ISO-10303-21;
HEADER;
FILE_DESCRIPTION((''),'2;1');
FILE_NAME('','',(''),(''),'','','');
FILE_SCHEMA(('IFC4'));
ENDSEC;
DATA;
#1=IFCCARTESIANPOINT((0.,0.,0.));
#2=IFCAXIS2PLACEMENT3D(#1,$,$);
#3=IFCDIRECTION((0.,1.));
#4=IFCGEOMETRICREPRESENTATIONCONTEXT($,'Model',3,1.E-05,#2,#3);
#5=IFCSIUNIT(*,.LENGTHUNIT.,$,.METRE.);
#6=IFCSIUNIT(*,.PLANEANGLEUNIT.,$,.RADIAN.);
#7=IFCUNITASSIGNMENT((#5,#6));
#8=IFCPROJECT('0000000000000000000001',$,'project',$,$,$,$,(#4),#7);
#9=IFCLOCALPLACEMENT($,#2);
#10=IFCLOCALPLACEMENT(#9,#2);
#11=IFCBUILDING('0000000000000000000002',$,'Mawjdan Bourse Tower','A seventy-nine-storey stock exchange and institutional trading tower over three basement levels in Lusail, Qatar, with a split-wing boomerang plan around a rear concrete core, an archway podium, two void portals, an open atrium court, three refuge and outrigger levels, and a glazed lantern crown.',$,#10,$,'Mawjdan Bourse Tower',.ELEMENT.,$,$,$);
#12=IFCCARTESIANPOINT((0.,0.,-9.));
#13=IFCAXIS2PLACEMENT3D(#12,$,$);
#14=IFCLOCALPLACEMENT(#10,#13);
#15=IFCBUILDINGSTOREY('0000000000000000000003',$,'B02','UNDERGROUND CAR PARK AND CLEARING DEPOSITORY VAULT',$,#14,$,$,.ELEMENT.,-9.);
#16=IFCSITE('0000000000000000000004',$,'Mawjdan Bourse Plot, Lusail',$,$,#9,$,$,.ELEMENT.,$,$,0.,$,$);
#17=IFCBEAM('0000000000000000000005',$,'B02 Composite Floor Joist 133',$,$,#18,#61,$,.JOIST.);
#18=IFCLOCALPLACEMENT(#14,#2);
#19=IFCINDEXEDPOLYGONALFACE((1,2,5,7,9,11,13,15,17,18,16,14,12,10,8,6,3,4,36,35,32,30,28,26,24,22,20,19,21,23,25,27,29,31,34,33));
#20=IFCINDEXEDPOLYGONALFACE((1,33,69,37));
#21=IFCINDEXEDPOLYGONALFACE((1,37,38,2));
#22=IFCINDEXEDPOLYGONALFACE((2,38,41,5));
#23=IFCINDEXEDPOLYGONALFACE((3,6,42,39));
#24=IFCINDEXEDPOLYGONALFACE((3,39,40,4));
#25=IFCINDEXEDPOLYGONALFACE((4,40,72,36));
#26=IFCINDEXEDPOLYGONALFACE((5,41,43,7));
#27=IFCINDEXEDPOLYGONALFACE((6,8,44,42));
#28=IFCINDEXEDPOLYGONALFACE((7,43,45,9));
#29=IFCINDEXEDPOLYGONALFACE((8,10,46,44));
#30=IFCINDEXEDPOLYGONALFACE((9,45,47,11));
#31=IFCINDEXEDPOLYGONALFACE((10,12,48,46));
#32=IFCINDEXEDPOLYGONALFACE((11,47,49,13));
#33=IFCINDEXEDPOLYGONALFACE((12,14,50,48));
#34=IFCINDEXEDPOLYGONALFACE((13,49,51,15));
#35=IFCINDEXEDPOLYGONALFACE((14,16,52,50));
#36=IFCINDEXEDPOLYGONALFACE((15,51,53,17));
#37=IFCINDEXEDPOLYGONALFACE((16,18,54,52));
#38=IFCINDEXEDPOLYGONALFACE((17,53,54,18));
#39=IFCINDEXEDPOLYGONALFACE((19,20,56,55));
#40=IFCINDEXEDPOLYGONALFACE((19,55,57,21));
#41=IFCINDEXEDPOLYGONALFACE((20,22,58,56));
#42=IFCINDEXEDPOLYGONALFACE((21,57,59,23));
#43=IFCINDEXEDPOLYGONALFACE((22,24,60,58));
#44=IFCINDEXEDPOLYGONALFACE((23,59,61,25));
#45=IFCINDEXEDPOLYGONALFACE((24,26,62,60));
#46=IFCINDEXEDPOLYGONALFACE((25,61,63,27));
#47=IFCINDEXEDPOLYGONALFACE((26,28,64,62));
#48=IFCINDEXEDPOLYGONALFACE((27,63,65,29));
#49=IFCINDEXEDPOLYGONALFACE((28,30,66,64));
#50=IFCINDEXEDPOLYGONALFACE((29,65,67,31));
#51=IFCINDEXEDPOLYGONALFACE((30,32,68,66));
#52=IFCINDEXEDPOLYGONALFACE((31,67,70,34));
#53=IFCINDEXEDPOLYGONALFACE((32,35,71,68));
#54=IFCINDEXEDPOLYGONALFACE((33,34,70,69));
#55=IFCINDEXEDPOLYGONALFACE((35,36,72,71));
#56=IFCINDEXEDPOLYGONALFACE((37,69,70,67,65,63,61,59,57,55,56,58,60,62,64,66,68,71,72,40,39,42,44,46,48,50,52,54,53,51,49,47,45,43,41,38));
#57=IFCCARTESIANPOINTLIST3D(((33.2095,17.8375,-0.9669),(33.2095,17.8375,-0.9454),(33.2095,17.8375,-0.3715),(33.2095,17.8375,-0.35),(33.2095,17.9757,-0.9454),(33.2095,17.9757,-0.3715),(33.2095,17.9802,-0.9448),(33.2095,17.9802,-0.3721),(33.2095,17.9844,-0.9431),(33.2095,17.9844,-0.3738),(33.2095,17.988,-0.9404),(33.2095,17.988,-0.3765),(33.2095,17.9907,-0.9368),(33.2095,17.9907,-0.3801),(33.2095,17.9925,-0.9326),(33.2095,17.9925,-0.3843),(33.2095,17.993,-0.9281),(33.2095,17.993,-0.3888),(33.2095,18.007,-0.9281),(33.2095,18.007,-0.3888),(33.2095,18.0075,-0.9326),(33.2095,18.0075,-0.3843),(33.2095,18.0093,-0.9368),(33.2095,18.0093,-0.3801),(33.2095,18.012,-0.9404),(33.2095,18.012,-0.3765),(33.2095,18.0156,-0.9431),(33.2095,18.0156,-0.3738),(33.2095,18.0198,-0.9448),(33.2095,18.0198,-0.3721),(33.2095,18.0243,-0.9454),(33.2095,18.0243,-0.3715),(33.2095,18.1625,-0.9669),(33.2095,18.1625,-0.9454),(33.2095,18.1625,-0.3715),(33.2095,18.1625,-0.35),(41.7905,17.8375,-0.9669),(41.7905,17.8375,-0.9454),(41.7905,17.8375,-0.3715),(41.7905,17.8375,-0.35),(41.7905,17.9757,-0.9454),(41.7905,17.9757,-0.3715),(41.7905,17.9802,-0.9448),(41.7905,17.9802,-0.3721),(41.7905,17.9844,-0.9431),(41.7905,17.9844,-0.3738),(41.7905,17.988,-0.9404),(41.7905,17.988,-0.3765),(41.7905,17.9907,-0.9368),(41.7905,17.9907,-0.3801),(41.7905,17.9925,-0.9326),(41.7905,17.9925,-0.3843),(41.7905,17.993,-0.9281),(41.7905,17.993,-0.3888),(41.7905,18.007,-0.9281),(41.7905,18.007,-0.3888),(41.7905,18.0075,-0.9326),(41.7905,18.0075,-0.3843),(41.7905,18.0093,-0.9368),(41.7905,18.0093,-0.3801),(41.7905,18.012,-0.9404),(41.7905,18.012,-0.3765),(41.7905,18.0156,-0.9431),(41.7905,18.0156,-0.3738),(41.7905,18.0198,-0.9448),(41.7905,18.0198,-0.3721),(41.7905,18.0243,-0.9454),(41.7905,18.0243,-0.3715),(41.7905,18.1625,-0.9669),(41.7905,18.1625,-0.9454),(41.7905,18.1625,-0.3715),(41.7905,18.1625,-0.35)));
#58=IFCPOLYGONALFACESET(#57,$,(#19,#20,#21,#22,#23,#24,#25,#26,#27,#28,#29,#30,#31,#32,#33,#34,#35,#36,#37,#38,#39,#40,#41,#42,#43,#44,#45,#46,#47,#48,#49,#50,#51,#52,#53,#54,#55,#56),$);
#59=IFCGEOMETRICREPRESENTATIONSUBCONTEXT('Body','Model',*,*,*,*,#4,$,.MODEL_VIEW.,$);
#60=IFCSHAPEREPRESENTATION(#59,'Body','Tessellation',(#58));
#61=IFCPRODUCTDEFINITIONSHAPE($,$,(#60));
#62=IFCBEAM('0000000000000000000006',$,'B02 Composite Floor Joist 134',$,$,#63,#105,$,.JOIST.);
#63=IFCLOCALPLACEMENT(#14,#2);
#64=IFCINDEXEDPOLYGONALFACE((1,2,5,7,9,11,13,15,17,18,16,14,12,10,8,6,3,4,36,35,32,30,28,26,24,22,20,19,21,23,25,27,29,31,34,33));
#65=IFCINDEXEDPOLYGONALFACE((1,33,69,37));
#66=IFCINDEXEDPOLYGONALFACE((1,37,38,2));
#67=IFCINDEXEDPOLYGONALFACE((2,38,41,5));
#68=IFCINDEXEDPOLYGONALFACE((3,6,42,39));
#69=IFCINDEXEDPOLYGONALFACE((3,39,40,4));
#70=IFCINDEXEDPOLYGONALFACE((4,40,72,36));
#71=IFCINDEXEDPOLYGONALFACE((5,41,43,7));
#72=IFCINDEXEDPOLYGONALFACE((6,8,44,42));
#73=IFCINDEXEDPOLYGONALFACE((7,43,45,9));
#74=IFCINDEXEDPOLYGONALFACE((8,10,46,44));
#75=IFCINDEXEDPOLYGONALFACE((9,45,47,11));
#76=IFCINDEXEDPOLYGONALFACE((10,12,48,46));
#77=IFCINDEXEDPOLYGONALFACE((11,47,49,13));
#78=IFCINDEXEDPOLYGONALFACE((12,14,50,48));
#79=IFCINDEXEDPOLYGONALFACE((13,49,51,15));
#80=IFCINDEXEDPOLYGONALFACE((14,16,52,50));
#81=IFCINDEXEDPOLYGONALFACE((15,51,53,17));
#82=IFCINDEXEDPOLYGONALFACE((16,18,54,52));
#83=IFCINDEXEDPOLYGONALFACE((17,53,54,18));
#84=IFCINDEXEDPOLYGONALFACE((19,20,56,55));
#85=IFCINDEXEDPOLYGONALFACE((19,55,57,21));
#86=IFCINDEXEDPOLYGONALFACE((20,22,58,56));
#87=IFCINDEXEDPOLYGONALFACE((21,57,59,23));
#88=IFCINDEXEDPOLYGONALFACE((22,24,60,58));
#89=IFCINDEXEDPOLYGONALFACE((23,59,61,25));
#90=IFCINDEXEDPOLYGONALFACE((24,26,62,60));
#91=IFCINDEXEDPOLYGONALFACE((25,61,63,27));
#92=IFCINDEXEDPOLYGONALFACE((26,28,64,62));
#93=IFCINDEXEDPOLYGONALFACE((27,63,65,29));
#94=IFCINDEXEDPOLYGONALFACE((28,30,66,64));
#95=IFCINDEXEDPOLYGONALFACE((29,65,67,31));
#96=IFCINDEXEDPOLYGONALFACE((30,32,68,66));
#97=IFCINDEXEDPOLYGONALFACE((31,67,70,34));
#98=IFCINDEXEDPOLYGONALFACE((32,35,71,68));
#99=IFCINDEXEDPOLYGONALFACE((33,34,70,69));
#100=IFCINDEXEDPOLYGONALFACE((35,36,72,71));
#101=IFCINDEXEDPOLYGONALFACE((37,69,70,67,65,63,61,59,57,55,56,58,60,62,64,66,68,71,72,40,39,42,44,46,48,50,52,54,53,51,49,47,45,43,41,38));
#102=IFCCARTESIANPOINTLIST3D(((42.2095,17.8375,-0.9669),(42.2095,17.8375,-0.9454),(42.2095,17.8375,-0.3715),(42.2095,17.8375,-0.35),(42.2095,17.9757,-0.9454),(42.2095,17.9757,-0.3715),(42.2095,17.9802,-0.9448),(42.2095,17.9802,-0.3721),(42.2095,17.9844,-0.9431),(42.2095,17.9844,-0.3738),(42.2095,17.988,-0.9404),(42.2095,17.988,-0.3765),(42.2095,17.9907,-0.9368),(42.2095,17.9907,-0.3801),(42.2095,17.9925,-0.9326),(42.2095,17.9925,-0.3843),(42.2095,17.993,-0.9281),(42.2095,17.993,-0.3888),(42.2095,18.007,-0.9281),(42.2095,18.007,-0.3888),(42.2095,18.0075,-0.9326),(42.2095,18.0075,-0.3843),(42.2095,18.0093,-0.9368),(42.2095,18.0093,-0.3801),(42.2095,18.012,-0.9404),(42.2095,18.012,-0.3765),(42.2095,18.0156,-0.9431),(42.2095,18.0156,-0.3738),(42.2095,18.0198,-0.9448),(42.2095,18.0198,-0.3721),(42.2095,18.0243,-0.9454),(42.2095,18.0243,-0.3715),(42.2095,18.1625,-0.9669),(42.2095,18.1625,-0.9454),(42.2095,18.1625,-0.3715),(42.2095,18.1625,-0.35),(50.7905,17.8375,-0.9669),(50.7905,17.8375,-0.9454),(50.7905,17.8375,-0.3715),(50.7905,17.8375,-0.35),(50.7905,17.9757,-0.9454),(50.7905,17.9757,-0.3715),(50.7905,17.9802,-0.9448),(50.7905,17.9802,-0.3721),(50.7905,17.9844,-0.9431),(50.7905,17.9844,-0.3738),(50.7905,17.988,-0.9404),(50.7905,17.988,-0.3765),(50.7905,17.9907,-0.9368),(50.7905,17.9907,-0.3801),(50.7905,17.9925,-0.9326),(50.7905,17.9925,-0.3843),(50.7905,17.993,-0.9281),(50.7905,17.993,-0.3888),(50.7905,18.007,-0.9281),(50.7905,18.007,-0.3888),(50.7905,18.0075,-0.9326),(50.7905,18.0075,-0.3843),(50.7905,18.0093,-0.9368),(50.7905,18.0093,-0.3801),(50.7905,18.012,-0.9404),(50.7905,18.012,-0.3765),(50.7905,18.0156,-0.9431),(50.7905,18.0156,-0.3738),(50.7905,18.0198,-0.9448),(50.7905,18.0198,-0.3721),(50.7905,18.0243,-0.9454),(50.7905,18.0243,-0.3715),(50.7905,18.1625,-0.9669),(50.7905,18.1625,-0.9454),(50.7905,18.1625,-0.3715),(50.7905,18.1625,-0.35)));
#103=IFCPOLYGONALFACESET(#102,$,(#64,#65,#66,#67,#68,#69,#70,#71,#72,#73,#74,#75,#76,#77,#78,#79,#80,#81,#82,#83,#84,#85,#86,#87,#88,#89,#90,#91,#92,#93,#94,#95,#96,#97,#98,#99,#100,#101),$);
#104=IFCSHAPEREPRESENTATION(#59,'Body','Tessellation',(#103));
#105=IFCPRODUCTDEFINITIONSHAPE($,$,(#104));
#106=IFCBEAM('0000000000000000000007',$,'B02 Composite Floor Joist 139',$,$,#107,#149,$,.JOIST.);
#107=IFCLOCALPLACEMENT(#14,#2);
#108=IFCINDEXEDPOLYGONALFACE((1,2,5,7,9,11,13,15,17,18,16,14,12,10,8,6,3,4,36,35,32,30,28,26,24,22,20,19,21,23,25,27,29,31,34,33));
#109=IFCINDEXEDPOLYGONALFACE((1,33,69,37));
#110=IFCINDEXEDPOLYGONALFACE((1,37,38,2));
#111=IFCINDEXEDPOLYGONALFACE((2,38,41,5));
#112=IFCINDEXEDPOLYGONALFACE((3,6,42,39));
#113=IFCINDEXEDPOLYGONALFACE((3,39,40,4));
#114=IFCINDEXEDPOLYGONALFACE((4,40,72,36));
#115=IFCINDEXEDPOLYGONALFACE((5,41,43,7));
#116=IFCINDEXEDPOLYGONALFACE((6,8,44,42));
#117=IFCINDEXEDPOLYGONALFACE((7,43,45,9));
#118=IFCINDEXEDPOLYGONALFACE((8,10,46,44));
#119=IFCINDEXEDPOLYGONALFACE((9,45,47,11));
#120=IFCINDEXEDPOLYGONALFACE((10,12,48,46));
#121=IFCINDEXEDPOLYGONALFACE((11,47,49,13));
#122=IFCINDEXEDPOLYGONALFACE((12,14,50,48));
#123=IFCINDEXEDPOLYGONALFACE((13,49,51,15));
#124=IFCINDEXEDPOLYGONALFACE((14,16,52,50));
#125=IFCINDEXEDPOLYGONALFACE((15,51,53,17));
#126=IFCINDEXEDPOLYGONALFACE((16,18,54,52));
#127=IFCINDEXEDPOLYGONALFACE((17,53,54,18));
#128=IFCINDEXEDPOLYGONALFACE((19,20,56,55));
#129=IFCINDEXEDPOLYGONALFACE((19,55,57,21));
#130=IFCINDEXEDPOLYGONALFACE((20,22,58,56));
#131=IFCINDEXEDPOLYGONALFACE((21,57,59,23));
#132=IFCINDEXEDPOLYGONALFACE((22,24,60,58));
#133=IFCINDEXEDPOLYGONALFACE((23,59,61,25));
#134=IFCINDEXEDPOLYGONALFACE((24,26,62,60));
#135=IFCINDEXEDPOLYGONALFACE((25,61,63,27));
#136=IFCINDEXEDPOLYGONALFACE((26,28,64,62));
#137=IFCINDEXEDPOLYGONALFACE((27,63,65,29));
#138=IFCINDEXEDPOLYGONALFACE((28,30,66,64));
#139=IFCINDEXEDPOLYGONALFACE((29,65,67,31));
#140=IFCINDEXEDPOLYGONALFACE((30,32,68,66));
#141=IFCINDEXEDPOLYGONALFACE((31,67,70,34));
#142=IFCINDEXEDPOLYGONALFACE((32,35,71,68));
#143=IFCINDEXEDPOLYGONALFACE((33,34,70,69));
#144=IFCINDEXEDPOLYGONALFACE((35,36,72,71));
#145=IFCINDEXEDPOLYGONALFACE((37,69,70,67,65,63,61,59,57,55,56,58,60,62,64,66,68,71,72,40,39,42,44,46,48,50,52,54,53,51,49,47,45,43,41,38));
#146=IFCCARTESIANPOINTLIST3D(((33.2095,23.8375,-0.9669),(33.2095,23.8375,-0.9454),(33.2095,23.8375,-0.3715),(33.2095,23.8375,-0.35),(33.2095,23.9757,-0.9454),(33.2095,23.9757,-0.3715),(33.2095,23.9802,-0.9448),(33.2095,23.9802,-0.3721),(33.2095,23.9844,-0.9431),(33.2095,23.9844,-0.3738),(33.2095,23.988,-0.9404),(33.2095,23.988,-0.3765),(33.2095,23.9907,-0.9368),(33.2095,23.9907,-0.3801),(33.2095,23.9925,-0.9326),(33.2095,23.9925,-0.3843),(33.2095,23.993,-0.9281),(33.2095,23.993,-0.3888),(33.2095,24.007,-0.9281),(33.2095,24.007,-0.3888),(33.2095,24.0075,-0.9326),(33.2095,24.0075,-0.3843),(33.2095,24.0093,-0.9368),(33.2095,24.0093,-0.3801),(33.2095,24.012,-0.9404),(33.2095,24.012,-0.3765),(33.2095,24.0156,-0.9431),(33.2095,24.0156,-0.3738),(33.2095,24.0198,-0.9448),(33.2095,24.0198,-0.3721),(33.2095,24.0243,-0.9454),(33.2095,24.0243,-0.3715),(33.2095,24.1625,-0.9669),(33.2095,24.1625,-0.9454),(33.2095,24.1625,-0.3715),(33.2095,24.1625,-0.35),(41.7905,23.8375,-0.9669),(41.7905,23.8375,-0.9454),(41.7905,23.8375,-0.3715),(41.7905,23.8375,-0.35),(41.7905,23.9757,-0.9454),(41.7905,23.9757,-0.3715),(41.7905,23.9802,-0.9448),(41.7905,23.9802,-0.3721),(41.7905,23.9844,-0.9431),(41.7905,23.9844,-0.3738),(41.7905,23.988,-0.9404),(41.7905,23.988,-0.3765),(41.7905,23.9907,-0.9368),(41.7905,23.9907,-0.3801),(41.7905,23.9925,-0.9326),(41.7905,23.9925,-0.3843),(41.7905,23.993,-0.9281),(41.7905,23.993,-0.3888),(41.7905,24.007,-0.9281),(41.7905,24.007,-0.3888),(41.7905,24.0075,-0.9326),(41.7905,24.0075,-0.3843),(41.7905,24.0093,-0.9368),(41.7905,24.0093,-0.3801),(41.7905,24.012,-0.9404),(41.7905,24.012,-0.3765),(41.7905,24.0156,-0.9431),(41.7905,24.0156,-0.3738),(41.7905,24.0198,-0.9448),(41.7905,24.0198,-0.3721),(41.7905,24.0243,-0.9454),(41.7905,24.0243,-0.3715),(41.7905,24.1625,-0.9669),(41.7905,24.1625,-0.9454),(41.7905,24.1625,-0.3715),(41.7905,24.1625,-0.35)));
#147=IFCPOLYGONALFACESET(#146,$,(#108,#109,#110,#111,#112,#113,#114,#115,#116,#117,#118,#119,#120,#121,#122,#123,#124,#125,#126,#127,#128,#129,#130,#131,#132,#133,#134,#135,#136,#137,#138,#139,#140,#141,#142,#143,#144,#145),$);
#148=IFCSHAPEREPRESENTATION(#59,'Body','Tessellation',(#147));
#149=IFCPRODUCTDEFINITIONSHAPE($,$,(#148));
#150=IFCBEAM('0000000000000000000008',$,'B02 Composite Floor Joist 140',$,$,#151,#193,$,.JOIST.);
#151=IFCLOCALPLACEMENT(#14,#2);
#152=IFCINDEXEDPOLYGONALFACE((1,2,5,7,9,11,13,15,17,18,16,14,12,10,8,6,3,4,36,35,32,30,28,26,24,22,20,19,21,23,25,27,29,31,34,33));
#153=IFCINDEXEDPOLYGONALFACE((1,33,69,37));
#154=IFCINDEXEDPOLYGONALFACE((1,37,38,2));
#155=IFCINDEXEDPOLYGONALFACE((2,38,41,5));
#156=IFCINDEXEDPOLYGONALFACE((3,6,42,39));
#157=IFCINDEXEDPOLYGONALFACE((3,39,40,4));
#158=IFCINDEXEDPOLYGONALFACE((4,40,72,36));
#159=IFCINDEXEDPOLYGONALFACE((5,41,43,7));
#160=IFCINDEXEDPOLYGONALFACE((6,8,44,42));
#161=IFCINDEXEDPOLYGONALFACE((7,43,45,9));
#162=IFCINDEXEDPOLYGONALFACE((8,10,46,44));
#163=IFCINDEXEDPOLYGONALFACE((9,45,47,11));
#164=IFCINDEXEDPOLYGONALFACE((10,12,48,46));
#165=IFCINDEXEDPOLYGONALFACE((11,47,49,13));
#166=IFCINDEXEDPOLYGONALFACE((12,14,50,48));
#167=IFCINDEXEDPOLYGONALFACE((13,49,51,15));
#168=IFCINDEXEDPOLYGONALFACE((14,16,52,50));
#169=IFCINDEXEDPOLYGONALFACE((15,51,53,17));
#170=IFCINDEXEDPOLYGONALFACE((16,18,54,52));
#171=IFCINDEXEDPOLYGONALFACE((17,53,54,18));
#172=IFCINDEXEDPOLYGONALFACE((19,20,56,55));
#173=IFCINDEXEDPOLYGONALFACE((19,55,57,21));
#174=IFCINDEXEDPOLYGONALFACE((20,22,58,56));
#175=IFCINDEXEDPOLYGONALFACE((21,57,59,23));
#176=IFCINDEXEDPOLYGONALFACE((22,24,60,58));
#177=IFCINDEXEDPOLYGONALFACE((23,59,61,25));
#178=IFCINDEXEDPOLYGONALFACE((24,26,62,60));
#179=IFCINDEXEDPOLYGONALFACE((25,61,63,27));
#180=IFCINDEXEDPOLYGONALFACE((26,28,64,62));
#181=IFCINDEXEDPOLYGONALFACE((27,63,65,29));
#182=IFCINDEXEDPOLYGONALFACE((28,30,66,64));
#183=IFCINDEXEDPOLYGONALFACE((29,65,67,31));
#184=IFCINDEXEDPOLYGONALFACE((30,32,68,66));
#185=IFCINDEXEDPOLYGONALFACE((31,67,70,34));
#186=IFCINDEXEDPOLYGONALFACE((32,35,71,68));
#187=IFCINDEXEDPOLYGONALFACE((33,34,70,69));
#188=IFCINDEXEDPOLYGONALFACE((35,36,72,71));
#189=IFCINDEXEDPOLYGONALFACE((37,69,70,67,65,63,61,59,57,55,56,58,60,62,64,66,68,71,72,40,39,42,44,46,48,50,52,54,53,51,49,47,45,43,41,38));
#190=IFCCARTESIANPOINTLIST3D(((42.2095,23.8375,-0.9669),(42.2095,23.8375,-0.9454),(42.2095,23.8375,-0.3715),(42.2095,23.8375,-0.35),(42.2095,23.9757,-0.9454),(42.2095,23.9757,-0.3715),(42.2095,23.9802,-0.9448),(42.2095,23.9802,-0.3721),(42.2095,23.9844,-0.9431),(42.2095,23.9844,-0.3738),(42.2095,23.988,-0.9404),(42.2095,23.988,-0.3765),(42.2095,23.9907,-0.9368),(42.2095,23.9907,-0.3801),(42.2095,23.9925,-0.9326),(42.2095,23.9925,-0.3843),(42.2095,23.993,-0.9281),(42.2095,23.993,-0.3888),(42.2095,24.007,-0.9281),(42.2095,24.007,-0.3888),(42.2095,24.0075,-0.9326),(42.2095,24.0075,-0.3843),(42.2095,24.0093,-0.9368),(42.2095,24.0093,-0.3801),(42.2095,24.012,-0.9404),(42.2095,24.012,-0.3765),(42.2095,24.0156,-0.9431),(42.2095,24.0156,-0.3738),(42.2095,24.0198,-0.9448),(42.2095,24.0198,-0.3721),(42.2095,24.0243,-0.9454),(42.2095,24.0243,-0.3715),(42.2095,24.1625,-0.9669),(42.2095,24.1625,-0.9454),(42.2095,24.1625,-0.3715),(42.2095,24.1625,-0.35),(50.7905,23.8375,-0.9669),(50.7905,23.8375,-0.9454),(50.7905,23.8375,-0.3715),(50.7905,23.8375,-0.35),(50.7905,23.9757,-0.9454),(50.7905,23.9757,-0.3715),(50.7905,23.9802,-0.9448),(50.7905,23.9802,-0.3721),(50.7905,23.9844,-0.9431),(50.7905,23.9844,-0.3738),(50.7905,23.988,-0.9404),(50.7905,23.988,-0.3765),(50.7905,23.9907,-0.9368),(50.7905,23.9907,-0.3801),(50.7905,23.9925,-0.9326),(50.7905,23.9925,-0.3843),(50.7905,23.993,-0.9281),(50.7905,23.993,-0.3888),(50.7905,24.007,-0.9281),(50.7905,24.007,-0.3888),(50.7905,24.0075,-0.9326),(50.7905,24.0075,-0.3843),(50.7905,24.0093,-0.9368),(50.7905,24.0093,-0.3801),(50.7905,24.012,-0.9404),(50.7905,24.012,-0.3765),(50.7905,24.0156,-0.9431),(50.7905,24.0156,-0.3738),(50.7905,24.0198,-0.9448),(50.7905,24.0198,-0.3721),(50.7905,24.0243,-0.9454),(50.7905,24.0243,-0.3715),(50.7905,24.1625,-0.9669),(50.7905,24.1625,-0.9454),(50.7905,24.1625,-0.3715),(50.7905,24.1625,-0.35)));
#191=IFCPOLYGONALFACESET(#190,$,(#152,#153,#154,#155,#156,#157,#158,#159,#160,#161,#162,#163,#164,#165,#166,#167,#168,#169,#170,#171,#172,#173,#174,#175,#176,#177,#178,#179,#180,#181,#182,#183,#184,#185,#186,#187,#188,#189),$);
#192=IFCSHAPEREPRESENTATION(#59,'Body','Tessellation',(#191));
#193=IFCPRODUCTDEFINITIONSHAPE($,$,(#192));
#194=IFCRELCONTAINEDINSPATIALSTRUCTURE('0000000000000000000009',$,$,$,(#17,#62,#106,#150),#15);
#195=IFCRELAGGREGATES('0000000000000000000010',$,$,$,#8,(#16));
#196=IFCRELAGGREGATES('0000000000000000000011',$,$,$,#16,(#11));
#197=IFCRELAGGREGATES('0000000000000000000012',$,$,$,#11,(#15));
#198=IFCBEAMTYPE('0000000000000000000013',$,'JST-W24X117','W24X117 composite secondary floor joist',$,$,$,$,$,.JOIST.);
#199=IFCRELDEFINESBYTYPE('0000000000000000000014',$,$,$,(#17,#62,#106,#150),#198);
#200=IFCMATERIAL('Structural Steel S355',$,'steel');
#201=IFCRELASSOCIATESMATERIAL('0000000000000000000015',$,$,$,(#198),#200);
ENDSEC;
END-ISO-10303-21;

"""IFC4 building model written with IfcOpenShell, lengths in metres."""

from ifc_helpers import new_model, si_unit, direction, frame, origin, origin_2d, place, context, subcontext, project, spatial, i_section, extrude, material, material_profile, profile_set, type_object, element, save


model = new_model("IFC4")

# Units and contexts
model_context = context("Model", 3, precision=1e-05, world=origin(), true_north=direction((0.0, 1.0)))
body_context = subcontext(model_context, "Body", "Model", "MODEL_VIEW")
ifc_project = project(units=[si_unit("LENGTHUNIT", "METRE"), si_unit("PLANEANGLEUNIT", "RADIAN")], contexts=[model_context])

# Site, building, storey
site_placement = place(None, origin())
site = spatial("IfcSite", under=ifc_project, at=site_placement, Name="Mawjdan Bourse Plot, Lusail", CompositionType="ELEMENT", RefElevation=0.0)
building_placement = place(site_placement, origin())
building = spatial("IfcBuilding", under=site, at=building_placement, Name="Mawjdan Bourse Tower", Description="A seventy-nine-storey stock exchange and institutional trading tower over three basement levels in Lusail, Qatar, with a split-wing boomerang plan around a rear concrete core, an archway podium, two void portals, an open atrium court, three refuge and outrigger levels, and a glazed lantern crown.", LongName="Mawjdan Bourse Tower", CompositionType="ELEMENT")
storey_placement = place(building_placement, frame((0.0, 0.0, -9.0)))
storey = spatial("IfcBuildingStorey", under=building, at=storey_placement, Name="B02", Description="UNDERGROUND CAR PARK AND CLEARING DEPOSITORY VAULT", CompositionType="ELEMENT", Elevation=-9.0)

# Beams
ifc_material_1 = material(Name="Structural Steel S355", Category="steel")
ifc_material_profile_1 = material_profile(ifc_material_1, i_section(OverallWidth=0.325, OverallDepth=0.6169, WebThickness=0.0139, FlangeThickness=0.0215, FilletRadius=0.0173, at=origin_2d()), Name="W24X117")
ifc_profile_set_1 = profile_set([ifc_material_profile_1], Name="Structural Steel S355")
beam_type_1 = type_object("IfcBeamType", Name="JST-W24X117", Description="W24X117 composite secondary floor joist", PredefinedType="JOIST", material=ifc_profile_set_1)
for number, where, z_axis, x_axis, name in (
    (1, (33.2095, 18.0, -0.6584), (1.0, 0.0, 0.0), (0.0, 1.0, 0.0), "B02 Composite Floor Joist 133"),
    (2, (42.2095, 18.0, -0.6584), (1.0, 0.0, 0.0), (0.0, 1.0, 0.0), "B02 Composite Floor Joist 134"),
    (3, (33.2095, 24.0, -0.6584), (1.0, 0.0, 0.0), (0.0, 1.0, 0.0), "B02 Composite Floor Joist 139"),
    (4, (42.2095, 24.0, -0.6584), (1.0, 0.0, 0.0), (0.0, 1.0, 0.0), "B02 Composite Floor Joist 140"),
):
    element("IfcBeam", number, at=place(storey_placement, frame(where, z_axis=z_axis, x_axis=x_axis)), inside=storey, type_object=beam_type_1, Name=name, PredefinedType="JOIST", context=body_context, shape_type="SweptSolid", body=[
        extrude(i_section(OverallWidth=0.325, OverallDepth=0.6169, WebThickness=0.0139, FlangeThickness=0.0215, FilletRadius=0.0173, at=origin_2d()), origin(), (0.0, 0.0, 1.0), 8.5811),
    ])

save(model, "model.ifc")
